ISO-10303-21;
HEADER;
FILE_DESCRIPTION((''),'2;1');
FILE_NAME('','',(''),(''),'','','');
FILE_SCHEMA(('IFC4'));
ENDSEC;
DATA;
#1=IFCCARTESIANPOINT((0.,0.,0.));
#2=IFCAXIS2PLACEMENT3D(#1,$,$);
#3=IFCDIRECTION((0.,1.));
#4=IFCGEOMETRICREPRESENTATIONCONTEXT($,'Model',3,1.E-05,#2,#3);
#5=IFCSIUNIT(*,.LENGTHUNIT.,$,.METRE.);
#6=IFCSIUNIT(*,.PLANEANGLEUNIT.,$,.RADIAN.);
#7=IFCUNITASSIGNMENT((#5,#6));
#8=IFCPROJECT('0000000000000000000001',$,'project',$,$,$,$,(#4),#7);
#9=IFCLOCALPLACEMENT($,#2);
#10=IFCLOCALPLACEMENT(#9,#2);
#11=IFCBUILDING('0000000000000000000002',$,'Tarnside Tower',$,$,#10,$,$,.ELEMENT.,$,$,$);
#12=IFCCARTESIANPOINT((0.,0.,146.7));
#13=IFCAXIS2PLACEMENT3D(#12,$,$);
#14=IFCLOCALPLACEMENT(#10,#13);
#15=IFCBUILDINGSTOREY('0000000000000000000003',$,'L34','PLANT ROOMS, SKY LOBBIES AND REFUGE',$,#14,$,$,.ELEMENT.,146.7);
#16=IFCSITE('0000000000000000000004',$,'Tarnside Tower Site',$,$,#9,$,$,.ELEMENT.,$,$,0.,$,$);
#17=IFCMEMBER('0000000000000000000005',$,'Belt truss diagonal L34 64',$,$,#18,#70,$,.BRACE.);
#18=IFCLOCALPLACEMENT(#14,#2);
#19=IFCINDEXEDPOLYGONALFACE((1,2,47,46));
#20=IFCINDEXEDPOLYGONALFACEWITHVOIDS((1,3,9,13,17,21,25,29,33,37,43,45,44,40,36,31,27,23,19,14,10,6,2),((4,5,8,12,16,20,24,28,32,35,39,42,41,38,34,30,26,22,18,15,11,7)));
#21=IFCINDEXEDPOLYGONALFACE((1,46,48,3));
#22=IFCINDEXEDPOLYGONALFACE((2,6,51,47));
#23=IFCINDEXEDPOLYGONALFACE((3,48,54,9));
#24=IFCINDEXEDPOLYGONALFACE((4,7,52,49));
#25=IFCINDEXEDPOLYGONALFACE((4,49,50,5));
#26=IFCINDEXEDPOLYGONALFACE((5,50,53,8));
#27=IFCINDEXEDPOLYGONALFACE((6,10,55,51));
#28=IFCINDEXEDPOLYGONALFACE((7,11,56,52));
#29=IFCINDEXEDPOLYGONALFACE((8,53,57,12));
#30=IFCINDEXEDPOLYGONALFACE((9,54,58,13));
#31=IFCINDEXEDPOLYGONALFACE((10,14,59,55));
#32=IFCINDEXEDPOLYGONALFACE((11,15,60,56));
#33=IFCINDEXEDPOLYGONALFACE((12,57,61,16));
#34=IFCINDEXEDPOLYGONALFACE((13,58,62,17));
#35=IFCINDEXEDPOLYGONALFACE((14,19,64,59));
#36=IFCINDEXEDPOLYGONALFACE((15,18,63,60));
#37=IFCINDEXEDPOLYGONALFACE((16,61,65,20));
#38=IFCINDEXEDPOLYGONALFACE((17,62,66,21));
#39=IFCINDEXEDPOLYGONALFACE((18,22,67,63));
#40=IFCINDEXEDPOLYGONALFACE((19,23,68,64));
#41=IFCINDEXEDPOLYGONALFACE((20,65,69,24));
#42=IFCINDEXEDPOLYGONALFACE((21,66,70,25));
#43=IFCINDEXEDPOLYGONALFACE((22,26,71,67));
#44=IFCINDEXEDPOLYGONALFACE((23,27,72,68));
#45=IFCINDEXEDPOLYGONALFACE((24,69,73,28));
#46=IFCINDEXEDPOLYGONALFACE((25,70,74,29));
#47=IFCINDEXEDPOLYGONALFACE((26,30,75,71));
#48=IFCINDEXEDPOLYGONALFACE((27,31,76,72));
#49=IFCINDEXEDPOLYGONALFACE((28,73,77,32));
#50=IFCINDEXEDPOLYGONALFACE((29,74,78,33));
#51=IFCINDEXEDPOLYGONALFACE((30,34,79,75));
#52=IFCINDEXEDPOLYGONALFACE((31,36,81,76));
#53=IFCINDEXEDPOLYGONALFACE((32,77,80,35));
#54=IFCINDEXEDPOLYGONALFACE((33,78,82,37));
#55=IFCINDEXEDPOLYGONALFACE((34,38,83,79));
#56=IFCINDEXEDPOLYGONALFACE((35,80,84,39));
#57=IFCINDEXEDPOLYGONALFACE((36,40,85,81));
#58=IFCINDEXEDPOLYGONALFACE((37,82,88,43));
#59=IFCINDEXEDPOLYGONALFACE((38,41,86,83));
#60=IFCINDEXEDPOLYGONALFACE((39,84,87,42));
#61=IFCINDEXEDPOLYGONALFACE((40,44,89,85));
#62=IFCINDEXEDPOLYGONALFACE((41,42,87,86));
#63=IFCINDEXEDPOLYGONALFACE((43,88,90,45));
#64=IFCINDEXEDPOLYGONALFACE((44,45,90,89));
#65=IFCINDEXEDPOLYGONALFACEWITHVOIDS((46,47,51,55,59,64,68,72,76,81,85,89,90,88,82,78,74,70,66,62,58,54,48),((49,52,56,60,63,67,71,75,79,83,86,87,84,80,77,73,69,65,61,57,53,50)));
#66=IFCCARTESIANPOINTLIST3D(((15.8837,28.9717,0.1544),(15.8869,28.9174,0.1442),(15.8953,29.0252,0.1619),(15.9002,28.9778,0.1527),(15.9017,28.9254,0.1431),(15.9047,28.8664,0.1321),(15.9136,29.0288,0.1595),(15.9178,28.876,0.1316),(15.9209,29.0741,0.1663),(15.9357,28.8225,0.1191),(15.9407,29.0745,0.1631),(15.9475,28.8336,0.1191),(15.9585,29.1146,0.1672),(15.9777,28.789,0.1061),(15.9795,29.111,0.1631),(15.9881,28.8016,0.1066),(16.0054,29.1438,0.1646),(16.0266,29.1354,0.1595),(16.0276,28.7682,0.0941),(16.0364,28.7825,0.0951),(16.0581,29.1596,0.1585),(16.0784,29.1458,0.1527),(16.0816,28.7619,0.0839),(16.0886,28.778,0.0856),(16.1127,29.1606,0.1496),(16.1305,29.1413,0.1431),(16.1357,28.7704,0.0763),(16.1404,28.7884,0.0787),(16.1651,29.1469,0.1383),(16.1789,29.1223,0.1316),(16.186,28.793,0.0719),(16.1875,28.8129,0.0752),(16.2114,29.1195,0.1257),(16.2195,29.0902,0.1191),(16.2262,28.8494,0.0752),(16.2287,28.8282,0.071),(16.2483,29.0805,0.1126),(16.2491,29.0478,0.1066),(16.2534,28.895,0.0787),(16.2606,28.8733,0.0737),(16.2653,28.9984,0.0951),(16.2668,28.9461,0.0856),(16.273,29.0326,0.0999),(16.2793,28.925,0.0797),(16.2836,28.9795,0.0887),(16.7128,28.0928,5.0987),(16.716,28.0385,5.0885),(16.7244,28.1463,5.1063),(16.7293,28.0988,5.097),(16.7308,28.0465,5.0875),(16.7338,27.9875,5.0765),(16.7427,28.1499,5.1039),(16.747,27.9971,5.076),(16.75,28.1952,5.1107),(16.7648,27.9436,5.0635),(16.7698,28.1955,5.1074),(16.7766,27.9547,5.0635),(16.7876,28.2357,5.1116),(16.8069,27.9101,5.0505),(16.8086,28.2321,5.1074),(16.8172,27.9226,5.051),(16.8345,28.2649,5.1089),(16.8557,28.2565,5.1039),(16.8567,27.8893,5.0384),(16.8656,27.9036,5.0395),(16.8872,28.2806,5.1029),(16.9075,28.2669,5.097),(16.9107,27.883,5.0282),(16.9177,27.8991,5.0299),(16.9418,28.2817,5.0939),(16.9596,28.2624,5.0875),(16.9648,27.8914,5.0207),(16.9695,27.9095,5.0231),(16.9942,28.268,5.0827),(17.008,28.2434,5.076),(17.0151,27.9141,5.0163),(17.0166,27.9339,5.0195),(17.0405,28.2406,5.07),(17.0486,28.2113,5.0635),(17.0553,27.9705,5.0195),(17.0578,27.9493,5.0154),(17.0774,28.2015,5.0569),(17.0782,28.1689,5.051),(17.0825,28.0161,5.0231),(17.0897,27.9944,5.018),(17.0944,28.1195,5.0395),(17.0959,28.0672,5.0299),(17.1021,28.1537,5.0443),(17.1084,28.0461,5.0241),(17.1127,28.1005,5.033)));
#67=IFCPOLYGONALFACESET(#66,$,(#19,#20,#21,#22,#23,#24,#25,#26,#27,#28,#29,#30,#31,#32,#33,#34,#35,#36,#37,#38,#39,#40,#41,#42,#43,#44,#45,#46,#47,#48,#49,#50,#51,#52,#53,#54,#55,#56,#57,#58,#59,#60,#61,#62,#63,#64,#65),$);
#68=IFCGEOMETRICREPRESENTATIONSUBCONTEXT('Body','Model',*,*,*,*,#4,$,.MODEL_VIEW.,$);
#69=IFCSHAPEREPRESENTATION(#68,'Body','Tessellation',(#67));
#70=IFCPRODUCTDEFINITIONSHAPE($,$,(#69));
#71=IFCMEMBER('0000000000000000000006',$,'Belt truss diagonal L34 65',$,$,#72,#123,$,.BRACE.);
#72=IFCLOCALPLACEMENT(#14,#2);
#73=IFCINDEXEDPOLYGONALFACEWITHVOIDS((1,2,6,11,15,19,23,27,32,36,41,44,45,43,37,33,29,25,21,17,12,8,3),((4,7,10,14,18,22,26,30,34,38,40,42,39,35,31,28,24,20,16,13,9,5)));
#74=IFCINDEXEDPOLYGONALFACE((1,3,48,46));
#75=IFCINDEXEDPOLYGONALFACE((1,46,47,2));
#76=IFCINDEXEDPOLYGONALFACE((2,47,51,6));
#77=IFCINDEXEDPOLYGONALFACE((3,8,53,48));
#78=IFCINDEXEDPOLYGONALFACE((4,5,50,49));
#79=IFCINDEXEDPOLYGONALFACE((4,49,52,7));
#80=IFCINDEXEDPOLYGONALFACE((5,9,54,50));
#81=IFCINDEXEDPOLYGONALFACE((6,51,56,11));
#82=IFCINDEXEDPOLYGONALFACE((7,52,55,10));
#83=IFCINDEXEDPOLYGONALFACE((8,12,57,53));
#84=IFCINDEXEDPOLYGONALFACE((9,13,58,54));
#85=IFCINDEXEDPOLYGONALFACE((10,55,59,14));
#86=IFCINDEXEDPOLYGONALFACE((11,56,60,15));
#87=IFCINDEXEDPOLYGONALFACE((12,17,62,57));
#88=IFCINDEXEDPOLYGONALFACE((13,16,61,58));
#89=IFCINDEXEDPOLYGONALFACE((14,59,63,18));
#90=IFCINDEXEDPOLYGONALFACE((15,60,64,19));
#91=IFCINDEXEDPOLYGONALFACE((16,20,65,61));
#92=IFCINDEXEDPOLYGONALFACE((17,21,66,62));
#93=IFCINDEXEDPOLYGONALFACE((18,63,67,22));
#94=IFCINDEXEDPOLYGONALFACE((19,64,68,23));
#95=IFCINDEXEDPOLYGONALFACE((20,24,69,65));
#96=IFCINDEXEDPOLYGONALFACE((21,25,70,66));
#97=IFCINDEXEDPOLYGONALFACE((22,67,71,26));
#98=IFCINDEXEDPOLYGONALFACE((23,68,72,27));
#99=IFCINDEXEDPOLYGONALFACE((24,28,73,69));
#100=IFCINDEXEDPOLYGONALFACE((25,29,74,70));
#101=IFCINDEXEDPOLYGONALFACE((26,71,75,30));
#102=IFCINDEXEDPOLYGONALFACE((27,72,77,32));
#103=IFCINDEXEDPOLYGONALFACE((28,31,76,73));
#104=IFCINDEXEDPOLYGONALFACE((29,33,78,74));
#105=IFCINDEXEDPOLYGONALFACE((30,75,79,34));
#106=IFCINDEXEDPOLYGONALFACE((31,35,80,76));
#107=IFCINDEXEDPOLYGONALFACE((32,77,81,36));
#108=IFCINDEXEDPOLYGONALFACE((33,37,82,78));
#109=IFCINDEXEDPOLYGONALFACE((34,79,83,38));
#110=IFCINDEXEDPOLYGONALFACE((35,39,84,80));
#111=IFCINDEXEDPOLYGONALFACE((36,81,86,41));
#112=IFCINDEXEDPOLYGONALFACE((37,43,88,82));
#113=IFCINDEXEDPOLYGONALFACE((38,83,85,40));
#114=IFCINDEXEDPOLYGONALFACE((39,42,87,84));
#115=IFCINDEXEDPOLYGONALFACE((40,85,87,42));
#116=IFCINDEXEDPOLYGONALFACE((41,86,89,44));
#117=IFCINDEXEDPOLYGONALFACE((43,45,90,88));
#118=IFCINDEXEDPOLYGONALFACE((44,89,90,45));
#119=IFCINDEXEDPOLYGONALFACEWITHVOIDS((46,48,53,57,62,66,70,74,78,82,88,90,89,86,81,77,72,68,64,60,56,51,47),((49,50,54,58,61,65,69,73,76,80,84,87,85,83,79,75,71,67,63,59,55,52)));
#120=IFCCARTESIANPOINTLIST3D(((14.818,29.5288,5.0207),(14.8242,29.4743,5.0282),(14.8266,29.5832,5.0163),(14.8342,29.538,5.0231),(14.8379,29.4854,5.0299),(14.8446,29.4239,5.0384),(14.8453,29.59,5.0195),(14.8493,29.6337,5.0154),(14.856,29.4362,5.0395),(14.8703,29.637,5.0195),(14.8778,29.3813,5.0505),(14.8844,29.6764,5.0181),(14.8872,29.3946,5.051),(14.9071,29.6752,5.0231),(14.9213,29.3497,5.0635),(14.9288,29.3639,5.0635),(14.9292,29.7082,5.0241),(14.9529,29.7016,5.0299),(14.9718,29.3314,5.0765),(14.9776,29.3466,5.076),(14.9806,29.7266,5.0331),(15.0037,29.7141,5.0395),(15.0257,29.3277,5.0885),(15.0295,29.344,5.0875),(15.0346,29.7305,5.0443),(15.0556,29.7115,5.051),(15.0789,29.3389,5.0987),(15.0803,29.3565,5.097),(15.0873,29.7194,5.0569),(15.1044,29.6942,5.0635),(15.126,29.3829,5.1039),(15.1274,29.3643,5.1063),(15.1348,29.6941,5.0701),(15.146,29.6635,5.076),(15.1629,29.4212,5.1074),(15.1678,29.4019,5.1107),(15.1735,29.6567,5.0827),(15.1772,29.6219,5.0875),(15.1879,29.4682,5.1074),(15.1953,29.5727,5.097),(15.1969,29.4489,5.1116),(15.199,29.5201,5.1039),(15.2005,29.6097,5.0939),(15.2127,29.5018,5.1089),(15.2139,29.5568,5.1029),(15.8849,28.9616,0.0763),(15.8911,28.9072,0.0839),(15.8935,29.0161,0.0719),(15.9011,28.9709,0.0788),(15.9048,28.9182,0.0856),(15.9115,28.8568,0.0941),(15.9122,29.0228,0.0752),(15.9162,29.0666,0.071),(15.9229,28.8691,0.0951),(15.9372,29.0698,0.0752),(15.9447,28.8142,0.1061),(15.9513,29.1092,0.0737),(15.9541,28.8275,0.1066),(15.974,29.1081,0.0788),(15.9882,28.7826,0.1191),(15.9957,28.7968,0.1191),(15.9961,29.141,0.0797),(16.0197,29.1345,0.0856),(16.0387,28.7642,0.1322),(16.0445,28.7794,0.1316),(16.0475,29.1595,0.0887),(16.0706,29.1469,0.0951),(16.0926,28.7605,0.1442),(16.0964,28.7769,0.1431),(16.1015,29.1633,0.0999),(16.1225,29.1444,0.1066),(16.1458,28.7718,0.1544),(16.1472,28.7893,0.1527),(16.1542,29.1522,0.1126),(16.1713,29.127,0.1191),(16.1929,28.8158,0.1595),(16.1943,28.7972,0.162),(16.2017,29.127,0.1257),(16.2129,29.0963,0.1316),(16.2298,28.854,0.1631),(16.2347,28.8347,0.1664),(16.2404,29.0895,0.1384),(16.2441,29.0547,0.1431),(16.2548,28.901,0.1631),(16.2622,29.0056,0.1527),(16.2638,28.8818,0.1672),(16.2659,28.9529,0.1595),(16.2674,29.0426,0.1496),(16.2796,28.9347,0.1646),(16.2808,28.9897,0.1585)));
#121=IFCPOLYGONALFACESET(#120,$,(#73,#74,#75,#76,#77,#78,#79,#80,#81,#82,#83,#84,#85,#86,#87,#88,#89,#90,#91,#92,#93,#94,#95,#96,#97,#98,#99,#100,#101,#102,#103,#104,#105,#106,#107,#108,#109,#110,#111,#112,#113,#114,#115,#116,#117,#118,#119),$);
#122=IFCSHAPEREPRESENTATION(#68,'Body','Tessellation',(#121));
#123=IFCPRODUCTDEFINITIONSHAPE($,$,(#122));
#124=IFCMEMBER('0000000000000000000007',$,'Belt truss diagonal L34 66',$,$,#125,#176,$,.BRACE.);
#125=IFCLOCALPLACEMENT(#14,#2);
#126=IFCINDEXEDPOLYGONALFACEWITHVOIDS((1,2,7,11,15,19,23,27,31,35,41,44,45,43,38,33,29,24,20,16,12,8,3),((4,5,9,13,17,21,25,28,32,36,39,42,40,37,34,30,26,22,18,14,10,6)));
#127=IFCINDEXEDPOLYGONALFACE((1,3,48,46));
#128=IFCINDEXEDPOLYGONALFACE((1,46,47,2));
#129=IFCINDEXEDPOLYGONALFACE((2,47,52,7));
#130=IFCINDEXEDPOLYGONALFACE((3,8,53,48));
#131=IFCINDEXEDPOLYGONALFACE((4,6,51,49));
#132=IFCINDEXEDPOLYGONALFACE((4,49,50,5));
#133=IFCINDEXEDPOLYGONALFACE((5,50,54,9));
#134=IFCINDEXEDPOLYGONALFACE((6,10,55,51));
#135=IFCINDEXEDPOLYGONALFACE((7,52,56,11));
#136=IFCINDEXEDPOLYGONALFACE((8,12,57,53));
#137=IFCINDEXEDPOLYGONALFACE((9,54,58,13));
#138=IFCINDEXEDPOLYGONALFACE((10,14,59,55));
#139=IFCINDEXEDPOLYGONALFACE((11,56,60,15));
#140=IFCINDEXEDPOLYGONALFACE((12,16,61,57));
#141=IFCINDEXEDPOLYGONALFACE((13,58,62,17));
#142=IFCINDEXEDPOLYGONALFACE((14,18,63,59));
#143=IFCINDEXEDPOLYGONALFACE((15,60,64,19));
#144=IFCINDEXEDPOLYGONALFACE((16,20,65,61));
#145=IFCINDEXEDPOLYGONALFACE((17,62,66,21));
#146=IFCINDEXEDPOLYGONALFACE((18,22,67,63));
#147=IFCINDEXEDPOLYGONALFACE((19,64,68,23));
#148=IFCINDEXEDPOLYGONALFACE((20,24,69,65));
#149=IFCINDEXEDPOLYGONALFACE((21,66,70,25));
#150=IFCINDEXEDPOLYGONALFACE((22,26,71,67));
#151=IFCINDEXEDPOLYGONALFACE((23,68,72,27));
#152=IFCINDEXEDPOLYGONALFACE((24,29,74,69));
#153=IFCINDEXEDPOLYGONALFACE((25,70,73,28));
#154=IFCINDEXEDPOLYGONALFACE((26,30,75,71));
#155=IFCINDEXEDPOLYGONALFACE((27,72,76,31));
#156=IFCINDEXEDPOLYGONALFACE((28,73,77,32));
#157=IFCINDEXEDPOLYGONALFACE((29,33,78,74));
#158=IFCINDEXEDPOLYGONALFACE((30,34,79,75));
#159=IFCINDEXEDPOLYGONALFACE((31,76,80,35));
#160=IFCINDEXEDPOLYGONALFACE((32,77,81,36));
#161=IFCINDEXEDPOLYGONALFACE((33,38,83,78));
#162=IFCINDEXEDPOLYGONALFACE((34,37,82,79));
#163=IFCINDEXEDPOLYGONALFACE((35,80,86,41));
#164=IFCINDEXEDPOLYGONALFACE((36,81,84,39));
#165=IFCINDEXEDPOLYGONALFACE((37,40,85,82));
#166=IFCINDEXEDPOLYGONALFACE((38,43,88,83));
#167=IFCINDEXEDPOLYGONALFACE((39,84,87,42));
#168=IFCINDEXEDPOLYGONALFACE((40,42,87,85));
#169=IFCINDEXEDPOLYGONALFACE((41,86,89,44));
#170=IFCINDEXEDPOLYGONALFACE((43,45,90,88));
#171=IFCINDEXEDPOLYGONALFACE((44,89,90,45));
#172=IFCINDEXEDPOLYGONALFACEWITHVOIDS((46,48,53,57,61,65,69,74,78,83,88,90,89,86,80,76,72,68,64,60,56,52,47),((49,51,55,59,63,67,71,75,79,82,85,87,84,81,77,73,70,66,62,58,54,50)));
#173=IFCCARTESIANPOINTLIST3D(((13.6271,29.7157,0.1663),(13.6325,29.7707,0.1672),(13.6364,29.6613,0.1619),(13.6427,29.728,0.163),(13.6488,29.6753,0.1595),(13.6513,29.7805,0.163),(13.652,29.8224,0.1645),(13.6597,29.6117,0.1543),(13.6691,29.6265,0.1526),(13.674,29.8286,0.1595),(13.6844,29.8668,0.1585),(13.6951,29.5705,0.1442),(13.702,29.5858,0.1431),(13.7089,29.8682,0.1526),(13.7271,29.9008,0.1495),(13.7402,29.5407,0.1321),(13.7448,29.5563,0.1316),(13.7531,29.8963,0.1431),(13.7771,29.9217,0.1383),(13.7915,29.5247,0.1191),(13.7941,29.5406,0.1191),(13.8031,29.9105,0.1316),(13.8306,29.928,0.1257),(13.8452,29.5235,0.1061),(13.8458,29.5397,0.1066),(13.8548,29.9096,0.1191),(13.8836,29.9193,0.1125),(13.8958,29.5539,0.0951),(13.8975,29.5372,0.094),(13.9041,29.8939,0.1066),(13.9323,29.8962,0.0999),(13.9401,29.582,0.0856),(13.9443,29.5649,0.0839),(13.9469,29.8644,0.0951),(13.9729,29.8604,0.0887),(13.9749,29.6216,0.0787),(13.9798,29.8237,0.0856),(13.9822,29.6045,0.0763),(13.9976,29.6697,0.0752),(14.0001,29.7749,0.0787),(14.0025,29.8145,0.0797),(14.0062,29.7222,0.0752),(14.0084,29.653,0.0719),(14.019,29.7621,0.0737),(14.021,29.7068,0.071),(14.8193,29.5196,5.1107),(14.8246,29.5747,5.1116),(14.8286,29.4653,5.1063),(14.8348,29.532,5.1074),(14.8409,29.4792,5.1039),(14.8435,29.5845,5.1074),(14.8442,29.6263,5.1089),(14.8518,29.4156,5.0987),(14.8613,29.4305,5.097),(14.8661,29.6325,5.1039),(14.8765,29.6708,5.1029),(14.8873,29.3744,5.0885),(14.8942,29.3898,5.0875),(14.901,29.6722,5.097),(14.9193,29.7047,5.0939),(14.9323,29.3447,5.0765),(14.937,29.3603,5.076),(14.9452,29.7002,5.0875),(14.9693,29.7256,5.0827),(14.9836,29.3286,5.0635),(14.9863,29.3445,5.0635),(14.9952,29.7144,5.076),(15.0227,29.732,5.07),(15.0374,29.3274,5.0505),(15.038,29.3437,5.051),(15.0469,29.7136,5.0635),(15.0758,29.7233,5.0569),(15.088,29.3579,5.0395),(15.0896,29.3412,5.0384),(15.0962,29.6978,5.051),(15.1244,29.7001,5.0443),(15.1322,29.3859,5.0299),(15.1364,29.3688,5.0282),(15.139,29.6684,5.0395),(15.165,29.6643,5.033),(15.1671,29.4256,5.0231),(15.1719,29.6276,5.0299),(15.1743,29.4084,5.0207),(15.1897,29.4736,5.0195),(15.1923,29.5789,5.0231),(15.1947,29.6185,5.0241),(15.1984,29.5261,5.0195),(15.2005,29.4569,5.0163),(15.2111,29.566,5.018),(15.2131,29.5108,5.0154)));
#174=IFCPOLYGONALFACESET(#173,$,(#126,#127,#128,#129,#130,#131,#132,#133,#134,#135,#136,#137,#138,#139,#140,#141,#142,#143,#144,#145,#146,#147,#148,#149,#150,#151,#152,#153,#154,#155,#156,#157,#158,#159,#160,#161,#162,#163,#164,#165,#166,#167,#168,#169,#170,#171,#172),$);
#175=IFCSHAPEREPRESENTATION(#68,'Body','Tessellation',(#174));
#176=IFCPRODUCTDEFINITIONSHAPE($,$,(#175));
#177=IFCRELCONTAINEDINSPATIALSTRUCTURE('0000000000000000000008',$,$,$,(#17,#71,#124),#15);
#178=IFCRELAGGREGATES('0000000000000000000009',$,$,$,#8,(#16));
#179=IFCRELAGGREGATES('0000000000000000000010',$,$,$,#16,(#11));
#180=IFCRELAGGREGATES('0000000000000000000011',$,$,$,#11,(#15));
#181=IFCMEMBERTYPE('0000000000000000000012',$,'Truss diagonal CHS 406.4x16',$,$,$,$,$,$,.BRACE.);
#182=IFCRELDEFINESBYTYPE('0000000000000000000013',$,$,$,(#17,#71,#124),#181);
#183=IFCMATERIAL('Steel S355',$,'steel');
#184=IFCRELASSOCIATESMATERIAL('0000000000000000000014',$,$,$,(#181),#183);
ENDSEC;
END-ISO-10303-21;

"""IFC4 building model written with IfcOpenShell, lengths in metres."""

from ifc_helpers import new_model, si_unit, direction, frame, origin, origin_2d, place, context, subcontext, project, spatial, hollow_circle, extrude, material, material_profile, profile_set, type_object, element, save


model = new_model("IFC4")

# Units and contexts
model_context = context("Model", 3, precision=1e-05, world=origin(), true_north=direction((0.0, 1.0)))
body_context = subcontext(model_context, "Body", "Model", "MODEL_VIEW")
ifc_project = project(units=[si_unit("LENGTHUNIT", "METRE"), si_unit("PLANEANGLEUNIT", "RADIAN")], contexts=[model_context])

# Site, building, storey
site_placement = place(None, origin())
site = spatial("IfcSite", under=ifc_project, at=site_placement, Name="Tarnside Tower Site", CompositionType="ELEMENT", RefElevation=0.0)
building_placement = place(site_placement, origin())
building = spatial("IfcBuilding", under=site, at=building_placement, Name="Tarnside Tower", CompositionType="ELEMENT")
storey_placement = place(building_placement, frame((0.0, 0.0, 146.7)))
storey = spatial("IfcBuildingStorey", under=building, at=storey_placement, Name="L34", Description="PLANT ROOMS, SKY LOBBIES AND REFUGE", CompositionType="ELEMENT", Elevation=146.7)

# Shared definitions
ifc_material_1 = material(Name="Steel S355", Category="steel")

# Members
ifc_material_profile_1 = material_profile(ifc_material_1, hollow_circle(Radius=0.2031, WallThickness=0.0161, at=origin_2d()), Name="CHS 406.4x16")
ifc_profile_set_1 = profile_set([ifc_material_profile_1], Name="Steel S355")
member_type_1 = type_object("IfcMemberType", Name="Truss diagonal CHS 406.4x16", PredefinedType="BRACE", material=ifc_profile_set_1)
for number, where, z_axis, x_axis, name in (
    (1, (16.9126, 28.083, 5.0635), (-0.162894, 0.172679, -0.971415), (-0.727416, -0.686196, 0.0), "Belt truss diagonal L34 64"),
    (2, (16.0835, 28.9619, 0.1191), (-0.209613, 0.111426, 0.971415), (-0.469382, -0.882995, 0.0), "Belt truss diagonal L34 65"),
    (3, (15.0166, 29.5291, 5.0635), (-0.234221, 0.038517, -0.97142), (-0.162269, -0.986747, 0.0), "Belt truss diagonal L34 66"),
):
    element("IfcMember", number, at=place(storey_placement, frame(where, z_axis=z_axis, x_axis=x_axis)), inside=storey, type_object=member_type_1, Name=name, PredefinedType="BRACE", context=body_context, shape_type="SweptSolid", body=[
        extrude(hollow_circle(Radius=0.2031, WallThickness=0.0161, at=origin_2d()), origin(), (0.0, 0.0, 1.0), 5.0898),
    ])

save(model, "model.ifc")
